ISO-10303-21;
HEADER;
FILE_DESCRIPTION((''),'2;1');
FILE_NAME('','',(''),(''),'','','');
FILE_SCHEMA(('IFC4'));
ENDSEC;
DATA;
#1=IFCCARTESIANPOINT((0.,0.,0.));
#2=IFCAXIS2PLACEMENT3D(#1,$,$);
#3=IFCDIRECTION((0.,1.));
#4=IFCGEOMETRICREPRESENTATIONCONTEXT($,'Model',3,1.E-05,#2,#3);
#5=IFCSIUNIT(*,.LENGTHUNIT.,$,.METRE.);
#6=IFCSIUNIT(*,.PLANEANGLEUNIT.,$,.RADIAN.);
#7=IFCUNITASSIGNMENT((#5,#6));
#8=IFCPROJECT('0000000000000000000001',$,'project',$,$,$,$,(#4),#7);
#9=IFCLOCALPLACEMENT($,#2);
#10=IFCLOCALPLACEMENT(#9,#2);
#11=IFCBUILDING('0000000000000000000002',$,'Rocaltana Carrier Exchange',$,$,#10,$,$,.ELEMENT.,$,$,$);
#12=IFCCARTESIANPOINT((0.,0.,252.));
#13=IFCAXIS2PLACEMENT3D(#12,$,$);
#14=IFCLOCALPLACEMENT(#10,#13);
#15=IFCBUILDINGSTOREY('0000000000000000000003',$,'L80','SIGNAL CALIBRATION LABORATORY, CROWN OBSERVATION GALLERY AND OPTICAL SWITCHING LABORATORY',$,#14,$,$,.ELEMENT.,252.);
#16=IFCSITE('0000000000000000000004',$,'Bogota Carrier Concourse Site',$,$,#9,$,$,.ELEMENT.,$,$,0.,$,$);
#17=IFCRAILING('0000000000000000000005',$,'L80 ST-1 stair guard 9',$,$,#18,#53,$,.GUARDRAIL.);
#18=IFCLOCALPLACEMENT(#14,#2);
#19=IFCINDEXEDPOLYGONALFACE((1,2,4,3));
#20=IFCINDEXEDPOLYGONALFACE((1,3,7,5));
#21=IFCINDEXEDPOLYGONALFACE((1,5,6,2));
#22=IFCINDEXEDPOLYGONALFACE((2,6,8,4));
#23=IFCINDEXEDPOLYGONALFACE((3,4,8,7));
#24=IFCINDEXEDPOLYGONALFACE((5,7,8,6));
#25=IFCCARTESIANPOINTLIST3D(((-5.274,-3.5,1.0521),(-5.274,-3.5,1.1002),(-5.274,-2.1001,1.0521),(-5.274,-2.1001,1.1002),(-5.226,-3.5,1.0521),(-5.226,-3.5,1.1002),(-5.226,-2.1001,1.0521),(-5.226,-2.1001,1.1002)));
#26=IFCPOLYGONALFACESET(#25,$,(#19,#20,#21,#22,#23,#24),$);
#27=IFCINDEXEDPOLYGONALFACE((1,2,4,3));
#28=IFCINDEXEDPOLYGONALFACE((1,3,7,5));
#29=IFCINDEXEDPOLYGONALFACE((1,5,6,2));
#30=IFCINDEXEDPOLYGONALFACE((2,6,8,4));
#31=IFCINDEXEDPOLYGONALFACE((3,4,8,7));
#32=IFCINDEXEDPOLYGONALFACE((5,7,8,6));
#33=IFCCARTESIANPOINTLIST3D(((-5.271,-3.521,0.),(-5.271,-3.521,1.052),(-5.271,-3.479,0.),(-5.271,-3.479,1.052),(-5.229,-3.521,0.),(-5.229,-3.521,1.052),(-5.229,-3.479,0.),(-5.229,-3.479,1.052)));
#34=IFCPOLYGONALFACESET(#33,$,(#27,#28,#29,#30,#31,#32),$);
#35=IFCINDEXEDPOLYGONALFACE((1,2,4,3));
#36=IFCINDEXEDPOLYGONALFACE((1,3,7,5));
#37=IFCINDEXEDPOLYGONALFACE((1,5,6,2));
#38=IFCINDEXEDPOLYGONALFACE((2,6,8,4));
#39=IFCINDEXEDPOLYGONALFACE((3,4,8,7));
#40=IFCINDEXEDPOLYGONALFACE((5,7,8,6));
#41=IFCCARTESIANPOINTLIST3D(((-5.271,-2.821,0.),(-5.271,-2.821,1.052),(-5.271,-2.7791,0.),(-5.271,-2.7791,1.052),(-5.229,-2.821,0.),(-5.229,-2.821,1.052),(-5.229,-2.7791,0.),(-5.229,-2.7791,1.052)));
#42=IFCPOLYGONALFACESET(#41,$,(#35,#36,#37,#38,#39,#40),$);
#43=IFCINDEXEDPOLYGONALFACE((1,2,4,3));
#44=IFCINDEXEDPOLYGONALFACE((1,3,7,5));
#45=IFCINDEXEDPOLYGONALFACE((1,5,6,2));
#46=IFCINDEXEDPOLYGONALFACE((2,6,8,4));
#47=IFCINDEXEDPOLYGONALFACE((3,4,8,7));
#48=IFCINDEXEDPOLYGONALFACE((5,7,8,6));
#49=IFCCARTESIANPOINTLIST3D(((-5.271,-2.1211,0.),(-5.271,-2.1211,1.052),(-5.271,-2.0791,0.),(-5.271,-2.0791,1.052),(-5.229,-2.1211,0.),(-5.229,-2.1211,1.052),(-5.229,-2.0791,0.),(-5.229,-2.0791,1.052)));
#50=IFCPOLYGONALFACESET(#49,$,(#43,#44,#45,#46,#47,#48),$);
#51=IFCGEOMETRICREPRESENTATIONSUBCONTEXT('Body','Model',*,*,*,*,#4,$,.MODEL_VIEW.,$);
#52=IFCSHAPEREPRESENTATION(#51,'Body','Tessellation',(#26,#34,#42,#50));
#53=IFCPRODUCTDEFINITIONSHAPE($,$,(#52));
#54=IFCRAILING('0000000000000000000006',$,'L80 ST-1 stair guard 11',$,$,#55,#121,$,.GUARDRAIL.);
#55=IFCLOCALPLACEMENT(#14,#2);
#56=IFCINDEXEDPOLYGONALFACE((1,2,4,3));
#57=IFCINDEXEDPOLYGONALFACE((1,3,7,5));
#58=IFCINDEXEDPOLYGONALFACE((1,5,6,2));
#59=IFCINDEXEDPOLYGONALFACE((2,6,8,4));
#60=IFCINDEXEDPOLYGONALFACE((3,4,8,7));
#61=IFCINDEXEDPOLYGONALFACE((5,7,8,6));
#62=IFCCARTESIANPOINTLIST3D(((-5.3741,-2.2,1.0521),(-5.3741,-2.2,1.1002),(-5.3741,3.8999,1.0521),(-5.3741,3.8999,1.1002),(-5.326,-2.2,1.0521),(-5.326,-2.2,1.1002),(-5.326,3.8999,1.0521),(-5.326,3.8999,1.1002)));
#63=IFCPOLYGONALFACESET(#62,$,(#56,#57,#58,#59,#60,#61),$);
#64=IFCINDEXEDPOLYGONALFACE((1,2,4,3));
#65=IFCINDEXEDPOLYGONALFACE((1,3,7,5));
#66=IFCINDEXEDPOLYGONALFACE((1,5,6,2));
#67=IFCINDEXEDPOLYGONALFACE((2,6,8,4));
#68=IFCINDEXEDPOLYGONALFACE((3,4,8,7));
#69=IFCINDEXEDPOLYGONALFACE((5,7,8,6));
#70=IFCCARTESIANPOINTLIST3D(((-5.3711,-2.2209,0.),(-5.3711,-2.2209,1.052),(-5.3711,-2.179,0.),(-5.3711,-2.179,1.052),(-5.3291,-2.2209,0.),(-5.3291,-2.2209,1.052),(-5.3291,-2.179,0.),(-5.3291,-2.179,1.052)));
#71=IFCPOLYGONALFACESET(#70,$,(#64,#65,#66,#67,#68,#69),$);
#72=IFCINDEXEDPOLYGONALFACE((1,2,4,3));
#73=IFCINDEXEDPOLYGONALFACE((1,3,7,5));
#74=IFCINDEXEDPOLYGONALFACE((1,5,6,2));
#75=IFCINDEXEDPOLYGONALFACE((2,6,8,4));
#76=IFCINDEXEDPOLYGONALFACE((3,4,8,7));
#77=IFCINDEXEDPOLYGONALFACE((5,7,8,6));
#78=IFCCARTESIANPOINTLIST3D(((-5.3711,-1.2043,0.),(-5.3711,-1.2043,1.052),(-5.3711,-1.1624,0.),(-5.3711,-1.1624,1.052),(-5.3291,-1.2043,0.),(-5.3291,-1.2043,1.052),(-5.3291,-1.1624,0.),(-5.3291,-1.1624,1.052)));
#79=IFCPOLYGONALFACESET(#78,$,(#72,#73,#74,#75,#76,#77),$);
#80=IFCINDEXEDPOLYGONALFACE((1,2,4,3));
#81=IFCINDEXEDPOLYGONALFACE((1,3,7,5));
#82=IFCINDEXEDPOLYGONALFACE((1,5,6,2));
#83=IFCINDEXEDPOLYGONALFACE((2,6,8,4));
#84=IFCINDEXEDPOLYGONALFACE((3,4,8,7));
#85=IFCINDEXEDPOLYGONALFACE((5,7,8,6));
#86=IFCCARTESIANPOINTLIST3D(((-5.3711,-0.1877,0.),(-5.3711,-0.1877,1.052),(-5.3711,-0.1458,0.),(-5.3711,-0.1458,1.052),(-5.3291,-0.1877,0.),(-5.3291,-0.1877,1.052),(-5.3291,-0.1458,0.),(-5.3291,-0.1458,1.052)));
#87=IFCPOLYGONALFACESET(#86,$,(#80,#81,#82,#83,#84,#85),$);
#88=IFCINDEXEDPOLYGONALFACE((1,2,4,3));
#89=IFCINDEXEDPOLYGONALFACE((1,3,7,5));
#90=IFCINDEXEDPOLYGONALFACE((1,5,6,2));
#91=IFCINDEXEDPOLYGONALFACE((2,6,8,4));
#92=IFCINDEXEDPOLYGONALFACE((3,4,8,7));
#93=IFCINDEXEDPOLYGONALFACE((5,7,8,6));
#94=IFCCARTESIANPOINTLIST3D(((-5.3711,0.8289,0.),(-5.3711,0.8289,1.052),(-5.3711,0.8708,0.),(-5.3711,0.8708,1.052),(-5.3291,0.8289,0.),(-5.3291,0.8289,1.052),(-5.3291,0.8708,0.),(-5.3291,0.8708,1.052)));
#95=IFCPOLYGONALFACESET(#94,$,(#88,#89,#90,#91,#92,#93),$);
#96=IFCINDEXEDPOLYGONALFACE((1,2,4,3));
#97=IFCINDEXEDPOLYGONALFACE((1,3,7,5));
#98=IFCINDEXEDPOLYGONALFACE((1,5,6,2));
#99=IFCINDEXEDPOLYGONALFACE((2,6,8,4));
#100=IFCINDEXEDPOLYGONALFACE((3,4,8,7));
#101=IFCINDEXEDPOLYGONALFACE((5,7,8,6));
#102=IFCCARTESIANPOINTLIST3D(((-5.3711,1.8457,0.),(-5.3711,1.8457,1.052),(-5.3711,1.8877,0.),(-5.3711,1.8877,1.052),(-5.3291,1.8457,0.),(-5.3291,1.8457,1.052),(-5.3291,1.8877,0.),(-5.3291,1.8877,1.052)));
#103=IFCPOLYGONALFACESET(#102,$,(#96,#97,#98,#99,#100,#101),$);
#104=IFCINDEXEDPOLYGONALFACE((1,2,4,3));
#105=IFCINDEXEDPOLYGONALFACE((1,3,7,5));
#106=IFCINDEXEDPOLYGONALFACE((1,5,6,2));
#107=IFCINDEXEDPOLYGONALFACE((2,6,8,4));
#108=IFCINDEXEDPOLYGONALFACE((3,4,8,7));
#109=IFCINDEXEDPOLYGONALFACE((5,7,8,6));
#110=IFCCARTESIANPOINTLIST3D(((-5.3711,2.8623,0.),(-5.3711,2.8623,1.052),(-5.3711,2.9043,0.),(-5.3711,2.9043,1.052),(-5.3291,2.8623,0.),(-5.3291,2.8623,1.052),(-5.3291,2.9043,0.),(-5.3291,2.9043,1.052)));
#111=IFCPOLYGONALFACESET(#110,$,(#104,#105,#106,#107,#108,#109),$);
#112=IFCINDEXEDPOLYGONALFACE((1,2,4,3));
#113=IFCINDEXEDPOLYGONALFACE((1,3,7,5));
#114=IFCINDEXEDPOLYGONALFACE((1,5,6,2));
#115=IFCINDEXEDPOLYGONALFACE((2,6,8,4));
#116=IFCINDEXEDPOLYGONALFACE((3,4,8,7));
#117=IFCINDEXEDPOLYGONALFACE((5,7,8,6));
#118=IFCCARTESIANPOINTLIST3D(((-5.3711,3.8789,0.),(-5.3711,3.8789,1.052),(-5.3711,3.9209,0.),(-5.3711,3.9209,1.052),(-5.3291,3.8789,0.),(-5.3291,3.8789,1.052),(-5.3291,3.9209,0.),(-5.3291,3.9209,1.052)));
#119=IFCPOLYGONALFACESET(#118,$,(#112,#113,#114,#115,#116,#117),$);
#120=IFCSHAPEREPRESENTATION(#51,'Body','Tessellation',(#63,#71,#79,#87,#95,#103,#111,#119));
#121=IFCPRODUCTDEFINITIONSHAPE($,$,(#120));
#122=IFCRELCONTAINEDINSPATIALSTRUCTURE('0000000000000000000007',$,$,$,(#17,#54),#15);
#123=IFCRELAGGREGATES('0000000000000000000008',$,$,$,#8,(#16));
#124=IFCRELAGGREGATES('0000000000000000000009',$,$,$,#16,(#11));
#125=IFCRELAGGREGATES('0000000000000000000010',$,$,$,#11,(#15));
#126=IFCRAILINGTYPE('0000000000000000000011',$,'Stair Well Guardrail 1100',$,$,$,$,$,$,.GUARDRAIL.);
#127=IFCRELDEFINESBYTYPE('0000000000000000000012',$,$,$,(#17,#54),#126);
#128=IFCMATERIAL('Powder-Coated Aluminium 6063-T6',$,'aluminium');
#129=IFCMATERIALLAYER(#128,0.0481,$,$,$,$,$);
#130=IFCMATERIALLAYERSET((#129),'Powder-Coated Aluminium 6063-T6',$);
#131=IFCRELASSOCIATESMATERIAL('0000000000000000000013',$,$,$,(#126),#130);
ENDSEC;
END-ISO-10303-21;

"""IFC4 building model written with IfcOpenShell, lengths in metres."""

from ifc_helpers import new_model, si_unit, direction, frame, origin, origin_2d, place, context, subcontext, project, spatial, rectangle, extrude, material, layer, layer_set, type_object, element, save


model = new_model("IFC4")

# Units and contexts
model_context = context("Model", 3, precision=1e-05, world=origin(), true_north=direction((0.0, 1.0)))
body_context = subcontext(model_context, "Body", "Model", "MODEL_VIEW")
ifc_project = project(units=[si_unit("LENGTHUNIT", "METRE"), si_unit("PLANEANGLEUNIT", "RADIAN")], contexts=[model_context])

# Site, building, storey
site_placement = place(None, origin())
site = spatial("IfcSite", under=ifc_project, at=site_placement, Name="Bogota Carrier Concourse Site", CompositionType="ELEMENT", RefElevation=0.0)
building_placement = place(site_placement, origin())
building = spatial("IfcBuilding", under=site, at=building_placement, Name="Rocaltana Carrier Exchange", CompositionType="ELEMENT")
storey_placement = place(building_placement, frame((0.0, 0.0, 252.0)))
storey = spatial("IfcBuildingStorey", under=building, at=storey_placement, Name="L80", Description="SIGNAL CALIBRATION LABORATORY, CROWN OBSERVATION GALLERY AND OPTICAL SWITCHING LABORATORY", CompositionType="ELEMENT", Elevation=252.0)

# Railings
ifc_material_1 = material(Name="Powder-Coated Aluminium 6063-T6", Category="aluminium")
ifc_layer_1 = layer(ifc_material_1, 0.0481)
ifc_layer_set_1 = layer_set([ifc_layer_1], Name="Powder-Coated Aluminium 6063-T6")
railing_type = type_object("IfcRailingType", Name="Stair Well Guardrail 1100", PredefinedType="GUARDRAIL", material=ifc_layer_set_1)
railing_1_placement = place(storey_placement, frame((-5.25, -3.5, 0.0)))
element("IfcRailing", 1, at=railing_1_placement, inside=storey, type_object=railing_type, Name="L80 ST-1 stair guard 9", PredefinedType="GUARDRAIL", context=body_context, shape_type="SweptSolid", body=[
    extrude(rectangle(XDim=0.0481, YDim=0.0481, at=origin_2d()), frame((0.0, 0.0, 1.0762), z_axis=(0.0, 1.0, 0.0), x_axis=(-1.0, 0.0, 0.0)), (0.0, 0.0, 1.0), 1.3999),
    extrude(rectangle(XDim=0.042, YDim=0.042, at=origin_2d()), origin(), (0.0, 0.0, 1.0), 1.052),
    extrude(rectangle(XDim=0.042, YDim=0.042, at=origin_2d()), frame((0.0, 0.7, 0.0)), (0.0, 0.0, 1.0), 1.052),
    extrude(rectangle(XDim=0.042, YDim=0.042, at=origin_2d()), frame((0.0, 1.3999, 0.0)), (0.0, 0.0, 1.0), 1.052),
])
railing_2_placement = place(storey_placement, frame((-5.3501, -2.2, 0.0)))
element("IfcRailing", 2, at=railing_2_placement, inside=storey, type_object=railing_type, Name="L80 ST-1 stair guard 11", PredefinedType="GUARDRAIL", context=body_context, shape_type="SweptSolid", body=[
    extrude(rectangle(XDim=0.0481, YDim=0.0481, at=origin_2d()), frame((0.0, 0.0, 1.0762), z_axis=(0.0, 1.0, 0.0), x_axis=(-1.0, 0.0, 0.0)), (0.0, 0.0, 1.0), 6.0999),
    extrude(rectangle(XDim=0.042, YDim=0.042, at=origin_2d()), origin(), (0.0, 0.0, 1.0), 1.052),
    extrude(rectangle(XDim=0.042, YDim=0.042, at=origin_2d()), frame((0.0, 1.0166, 0.0)), (0.0, 0.0, 1.0), 1.052),
    extrude(rectangle(XDim=0.042, YDim=0.042, at=origin_2d()), frame((0.0, 2.0332, 0.0)), (0.0, 0.0, 1.0), 1.052),
    extrude(rectangle(XDim=0.042, YDim=0.042, at=origin_2d()), frame((0.0, 3.0498, 0.0)), (0.0, 0.0, 1.0), 1.052),
    extrude(rectangle(XDim=0.042, YDim=0.042, at=origin_2d()), frame((0.0, 4.0667, 0.0)), (0.0, 0.0, 1.0), 1.052),
    extrude(rectangle(XDim=0.042, YDim=0.042, at=origin_2d()), frame((0.0, 5.0833, 0.0)), (0.0, 0.0, 1.0), 1.052),
    extrude(rectangle(XDim=0.042, YDim=0.042, at=origin_2d()), frame((0.0, 6.0999, 0.0)), (0.0, 0.0, 1.0), 1.052),
])

save(model, "model.ifc")
